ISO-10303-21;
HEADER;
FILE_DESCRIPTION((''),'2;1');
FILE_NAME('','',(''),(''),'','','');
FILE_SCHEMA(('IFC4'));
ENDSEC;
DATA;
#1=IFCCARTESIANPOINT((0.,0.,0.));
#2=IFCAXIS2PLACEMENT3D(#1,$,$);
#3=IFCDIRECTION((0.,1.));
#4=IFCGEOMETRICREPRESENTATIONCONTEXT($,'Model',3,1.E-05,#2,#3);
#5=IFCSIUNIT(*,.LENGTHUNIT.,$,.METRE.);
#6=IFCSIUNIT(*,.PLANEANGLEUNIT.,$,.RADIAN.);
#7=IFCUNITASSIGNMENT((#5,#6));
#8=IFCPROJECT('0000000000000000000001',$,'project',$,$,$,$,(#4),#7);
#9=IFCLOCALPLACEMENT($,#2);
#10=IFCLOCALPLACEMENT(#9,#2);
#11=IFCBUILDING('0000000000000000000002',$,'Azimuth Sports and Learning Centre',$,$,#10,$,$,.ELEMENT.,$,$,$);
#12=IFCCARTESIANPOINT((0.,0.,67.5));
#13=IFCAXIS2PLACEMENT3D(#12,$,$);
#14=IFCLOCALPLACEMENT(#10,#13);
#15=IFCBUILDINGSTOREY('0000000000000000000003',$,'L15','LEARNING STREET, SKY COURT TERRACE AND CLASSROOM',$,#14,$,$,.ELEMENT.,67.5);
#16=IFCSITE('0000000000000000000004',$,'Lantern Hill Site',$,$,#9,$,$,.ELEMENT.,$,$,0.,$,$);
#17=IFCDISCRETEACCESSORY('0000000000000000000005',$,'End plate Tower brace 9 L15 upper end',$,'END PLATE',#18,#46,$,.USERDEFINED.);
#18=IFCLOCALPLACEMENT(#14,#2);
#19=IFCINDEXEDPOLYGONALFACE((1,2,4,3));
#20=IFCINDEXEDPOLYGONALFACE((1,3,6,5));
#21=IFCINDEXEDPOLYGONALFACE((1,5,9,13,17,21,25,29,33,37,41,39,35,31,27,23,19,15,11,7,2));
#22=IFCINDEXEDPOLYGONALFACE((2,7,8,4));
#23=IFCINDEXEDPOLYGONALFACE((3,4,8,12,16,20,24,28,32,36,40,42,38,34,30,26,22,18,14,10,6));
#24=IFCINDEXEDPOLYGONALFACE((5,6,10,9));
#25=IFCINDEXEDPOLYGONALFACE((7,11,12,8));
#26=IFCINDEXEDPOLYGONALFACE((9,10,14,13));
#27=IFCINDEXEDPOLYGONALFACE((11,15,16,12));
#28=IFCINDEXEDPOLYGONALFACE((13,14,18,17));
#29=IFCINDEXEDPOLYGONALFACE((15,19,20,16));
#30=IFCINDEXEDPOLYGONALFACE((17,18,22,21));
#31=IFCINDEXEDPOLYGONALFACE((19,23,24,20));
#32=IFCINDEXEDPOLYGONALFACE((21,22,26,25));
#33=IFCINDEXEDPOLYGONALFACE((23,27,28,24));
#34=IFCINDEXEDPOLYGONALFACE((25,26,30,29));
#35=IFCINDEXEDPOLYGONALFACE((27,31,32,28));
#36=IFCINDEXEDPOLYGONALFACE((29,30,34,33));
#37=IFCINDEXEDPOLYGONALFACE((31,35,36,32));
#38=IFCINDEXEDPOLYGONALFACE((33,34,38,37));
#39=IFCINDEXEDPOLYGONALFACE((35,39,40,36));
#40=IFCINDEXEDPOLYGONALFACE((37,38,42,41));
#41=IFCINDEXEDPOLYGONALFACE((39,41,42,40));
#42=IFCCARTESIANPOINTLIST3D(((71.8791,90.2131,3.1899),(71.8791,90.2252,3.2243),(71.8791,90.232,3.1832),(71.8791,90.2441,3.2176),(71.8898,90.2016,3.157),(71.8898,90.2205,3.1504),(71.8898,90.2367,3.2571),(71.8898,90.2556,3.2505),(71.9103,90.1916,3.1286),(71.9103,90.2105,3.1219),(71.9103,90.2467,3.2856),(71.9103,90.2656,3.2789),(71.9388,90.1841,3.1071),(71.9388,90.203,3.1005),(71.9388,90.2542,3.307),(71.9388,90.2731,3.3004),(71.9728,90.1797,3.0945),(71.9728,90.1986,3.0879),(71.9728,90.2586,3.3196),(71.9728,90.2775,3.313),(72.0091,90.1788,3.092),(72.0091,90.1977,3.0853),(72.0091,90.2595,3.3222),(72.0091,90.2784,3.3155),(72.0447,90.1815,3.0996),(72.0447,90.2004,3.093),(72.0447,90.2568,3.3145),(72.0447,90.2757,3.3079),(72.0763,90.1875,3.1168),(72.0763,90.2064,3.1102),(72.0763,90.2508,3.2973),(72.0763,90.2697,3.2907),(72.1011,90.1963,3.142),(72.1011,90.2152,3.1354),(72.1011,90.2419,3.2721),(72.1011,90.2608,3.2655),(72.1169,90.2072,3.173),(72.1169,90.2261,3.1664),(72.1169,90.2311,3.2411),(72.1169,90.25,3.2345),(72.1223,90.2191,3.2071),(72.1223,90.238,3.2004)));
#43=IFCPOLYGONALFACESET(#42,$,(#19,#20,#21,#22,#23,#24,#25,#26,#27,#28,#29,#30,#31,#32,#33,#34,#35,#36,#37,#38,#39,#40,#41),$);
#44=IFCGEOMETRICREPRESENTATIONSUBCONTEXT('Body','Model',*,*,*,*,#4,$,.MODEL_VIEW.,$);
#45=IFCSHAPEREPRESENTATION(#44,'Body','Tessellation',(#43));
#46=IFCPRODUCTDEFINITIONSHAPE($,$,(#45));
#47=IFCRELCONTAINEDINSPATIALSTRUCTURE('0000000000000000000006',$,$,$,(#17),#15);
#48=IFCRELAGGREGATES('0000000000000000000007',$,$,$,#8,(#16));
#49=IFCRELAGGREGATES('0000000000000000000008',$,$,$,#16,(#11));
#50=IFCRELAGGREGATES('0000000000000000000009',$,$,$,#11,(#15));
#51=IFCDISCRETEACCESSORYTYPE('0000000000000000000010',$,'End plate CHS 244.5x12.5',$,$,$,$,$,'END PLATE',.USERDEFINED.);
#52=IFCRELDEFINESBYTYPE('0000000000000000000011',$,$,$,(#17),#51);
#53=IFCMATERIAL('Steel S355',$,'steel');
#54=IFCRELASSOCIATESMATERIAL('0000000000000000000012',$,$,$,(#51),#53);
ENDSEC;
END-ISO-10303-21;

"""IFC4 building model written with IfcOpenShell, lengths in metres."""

from ifc_helpers import new_model, si_unit, direction, frame, origin, origin_2d, place, context, subcontext, project, spatial, circle, extrude, material, material_profile, profile_set, type_object, element, save


model = new_model("IFC4")

# Units and contexts
model_context = context("Model", 3, precision=1e-05, world=origin(), true_north=direction((0.0, 1.0)))
body_context = subcontext(model_context, "Body", "Model", "MODEL_VIEW")
ifc_project = project(units=[si_unit("LENGTHUNIT", "METRE"), si_unit("PLANEANGLEUNIT", "RADIAN")], contexts=[model_context])

# Site, building, storey
site_placement = place(None, origin())
site = spatial("IfcSite", under=ifc_project, at=site_placement, Name="Lantern Hill Site", CompositionType="ELEMENT", RefElevation=0.0)
building_placement = place(site_placement, origin())
building = spatial("IfcBuilding", under=site, at=building_placement, Name="Azimuth Sports and Learning Centre", CompositionType="ELEMENT")
storey_placement = place(building_placement, frame((0.0, 0.0, 67.5)))
storey = spatial("IfcBuildingStorey", under=building, at=storey_placement, Name="L15", Description="LEARNING STREET, SKY COURT TERRACE AND CLASSROOM", CompositionType="ELEMENT", Elevation=67.5)

# Discrete accessory
ifc_material_1 = material(Name="Steel S355", Category="steel")
ifc_material_profile_1 = material_profile(ifc_material_1, circle(Radius=0.1223, at=origin_2d()), Name="PL 244 DISC")
ifc_profile_set_1 = profile_set([ifc_material_profile_1], Name="Steel S355")
discrete_accessory_type = type_object("IfcDiscreteAccessoryType", Name="End plate CHS 244.5x12.5", ElementType="END PLATE", PredefinedType="USERDEFINED", material=ifc_profile_set_1)
for number, where, z_axis, x_axis, name in (
    (1, (72.0, 90.238, 3.2004), (0.0, -0.943667, 0.330896), (1.0, 0.0, 0.0), "End plate Tower brace 9 L15 upper end"),
):
    element("IfcDiscreteAccessory", number, at=place(storey_placement, frame(where, z_axis=z_axis, x_axis=x_axis)), inside=storey, type_object=discrete_accessory_type, Name=name, ObjectType="END PLATE", PredefinedType="USERDEFINED", context=body_context, shape_type="SweptSolid", body=[
        extrude(circle(Radius=0.1223, at=origin_2d()), origin(), (0.0, 0.0, 1.0), 0.02),
    ])

save(model, "model.ifc")
